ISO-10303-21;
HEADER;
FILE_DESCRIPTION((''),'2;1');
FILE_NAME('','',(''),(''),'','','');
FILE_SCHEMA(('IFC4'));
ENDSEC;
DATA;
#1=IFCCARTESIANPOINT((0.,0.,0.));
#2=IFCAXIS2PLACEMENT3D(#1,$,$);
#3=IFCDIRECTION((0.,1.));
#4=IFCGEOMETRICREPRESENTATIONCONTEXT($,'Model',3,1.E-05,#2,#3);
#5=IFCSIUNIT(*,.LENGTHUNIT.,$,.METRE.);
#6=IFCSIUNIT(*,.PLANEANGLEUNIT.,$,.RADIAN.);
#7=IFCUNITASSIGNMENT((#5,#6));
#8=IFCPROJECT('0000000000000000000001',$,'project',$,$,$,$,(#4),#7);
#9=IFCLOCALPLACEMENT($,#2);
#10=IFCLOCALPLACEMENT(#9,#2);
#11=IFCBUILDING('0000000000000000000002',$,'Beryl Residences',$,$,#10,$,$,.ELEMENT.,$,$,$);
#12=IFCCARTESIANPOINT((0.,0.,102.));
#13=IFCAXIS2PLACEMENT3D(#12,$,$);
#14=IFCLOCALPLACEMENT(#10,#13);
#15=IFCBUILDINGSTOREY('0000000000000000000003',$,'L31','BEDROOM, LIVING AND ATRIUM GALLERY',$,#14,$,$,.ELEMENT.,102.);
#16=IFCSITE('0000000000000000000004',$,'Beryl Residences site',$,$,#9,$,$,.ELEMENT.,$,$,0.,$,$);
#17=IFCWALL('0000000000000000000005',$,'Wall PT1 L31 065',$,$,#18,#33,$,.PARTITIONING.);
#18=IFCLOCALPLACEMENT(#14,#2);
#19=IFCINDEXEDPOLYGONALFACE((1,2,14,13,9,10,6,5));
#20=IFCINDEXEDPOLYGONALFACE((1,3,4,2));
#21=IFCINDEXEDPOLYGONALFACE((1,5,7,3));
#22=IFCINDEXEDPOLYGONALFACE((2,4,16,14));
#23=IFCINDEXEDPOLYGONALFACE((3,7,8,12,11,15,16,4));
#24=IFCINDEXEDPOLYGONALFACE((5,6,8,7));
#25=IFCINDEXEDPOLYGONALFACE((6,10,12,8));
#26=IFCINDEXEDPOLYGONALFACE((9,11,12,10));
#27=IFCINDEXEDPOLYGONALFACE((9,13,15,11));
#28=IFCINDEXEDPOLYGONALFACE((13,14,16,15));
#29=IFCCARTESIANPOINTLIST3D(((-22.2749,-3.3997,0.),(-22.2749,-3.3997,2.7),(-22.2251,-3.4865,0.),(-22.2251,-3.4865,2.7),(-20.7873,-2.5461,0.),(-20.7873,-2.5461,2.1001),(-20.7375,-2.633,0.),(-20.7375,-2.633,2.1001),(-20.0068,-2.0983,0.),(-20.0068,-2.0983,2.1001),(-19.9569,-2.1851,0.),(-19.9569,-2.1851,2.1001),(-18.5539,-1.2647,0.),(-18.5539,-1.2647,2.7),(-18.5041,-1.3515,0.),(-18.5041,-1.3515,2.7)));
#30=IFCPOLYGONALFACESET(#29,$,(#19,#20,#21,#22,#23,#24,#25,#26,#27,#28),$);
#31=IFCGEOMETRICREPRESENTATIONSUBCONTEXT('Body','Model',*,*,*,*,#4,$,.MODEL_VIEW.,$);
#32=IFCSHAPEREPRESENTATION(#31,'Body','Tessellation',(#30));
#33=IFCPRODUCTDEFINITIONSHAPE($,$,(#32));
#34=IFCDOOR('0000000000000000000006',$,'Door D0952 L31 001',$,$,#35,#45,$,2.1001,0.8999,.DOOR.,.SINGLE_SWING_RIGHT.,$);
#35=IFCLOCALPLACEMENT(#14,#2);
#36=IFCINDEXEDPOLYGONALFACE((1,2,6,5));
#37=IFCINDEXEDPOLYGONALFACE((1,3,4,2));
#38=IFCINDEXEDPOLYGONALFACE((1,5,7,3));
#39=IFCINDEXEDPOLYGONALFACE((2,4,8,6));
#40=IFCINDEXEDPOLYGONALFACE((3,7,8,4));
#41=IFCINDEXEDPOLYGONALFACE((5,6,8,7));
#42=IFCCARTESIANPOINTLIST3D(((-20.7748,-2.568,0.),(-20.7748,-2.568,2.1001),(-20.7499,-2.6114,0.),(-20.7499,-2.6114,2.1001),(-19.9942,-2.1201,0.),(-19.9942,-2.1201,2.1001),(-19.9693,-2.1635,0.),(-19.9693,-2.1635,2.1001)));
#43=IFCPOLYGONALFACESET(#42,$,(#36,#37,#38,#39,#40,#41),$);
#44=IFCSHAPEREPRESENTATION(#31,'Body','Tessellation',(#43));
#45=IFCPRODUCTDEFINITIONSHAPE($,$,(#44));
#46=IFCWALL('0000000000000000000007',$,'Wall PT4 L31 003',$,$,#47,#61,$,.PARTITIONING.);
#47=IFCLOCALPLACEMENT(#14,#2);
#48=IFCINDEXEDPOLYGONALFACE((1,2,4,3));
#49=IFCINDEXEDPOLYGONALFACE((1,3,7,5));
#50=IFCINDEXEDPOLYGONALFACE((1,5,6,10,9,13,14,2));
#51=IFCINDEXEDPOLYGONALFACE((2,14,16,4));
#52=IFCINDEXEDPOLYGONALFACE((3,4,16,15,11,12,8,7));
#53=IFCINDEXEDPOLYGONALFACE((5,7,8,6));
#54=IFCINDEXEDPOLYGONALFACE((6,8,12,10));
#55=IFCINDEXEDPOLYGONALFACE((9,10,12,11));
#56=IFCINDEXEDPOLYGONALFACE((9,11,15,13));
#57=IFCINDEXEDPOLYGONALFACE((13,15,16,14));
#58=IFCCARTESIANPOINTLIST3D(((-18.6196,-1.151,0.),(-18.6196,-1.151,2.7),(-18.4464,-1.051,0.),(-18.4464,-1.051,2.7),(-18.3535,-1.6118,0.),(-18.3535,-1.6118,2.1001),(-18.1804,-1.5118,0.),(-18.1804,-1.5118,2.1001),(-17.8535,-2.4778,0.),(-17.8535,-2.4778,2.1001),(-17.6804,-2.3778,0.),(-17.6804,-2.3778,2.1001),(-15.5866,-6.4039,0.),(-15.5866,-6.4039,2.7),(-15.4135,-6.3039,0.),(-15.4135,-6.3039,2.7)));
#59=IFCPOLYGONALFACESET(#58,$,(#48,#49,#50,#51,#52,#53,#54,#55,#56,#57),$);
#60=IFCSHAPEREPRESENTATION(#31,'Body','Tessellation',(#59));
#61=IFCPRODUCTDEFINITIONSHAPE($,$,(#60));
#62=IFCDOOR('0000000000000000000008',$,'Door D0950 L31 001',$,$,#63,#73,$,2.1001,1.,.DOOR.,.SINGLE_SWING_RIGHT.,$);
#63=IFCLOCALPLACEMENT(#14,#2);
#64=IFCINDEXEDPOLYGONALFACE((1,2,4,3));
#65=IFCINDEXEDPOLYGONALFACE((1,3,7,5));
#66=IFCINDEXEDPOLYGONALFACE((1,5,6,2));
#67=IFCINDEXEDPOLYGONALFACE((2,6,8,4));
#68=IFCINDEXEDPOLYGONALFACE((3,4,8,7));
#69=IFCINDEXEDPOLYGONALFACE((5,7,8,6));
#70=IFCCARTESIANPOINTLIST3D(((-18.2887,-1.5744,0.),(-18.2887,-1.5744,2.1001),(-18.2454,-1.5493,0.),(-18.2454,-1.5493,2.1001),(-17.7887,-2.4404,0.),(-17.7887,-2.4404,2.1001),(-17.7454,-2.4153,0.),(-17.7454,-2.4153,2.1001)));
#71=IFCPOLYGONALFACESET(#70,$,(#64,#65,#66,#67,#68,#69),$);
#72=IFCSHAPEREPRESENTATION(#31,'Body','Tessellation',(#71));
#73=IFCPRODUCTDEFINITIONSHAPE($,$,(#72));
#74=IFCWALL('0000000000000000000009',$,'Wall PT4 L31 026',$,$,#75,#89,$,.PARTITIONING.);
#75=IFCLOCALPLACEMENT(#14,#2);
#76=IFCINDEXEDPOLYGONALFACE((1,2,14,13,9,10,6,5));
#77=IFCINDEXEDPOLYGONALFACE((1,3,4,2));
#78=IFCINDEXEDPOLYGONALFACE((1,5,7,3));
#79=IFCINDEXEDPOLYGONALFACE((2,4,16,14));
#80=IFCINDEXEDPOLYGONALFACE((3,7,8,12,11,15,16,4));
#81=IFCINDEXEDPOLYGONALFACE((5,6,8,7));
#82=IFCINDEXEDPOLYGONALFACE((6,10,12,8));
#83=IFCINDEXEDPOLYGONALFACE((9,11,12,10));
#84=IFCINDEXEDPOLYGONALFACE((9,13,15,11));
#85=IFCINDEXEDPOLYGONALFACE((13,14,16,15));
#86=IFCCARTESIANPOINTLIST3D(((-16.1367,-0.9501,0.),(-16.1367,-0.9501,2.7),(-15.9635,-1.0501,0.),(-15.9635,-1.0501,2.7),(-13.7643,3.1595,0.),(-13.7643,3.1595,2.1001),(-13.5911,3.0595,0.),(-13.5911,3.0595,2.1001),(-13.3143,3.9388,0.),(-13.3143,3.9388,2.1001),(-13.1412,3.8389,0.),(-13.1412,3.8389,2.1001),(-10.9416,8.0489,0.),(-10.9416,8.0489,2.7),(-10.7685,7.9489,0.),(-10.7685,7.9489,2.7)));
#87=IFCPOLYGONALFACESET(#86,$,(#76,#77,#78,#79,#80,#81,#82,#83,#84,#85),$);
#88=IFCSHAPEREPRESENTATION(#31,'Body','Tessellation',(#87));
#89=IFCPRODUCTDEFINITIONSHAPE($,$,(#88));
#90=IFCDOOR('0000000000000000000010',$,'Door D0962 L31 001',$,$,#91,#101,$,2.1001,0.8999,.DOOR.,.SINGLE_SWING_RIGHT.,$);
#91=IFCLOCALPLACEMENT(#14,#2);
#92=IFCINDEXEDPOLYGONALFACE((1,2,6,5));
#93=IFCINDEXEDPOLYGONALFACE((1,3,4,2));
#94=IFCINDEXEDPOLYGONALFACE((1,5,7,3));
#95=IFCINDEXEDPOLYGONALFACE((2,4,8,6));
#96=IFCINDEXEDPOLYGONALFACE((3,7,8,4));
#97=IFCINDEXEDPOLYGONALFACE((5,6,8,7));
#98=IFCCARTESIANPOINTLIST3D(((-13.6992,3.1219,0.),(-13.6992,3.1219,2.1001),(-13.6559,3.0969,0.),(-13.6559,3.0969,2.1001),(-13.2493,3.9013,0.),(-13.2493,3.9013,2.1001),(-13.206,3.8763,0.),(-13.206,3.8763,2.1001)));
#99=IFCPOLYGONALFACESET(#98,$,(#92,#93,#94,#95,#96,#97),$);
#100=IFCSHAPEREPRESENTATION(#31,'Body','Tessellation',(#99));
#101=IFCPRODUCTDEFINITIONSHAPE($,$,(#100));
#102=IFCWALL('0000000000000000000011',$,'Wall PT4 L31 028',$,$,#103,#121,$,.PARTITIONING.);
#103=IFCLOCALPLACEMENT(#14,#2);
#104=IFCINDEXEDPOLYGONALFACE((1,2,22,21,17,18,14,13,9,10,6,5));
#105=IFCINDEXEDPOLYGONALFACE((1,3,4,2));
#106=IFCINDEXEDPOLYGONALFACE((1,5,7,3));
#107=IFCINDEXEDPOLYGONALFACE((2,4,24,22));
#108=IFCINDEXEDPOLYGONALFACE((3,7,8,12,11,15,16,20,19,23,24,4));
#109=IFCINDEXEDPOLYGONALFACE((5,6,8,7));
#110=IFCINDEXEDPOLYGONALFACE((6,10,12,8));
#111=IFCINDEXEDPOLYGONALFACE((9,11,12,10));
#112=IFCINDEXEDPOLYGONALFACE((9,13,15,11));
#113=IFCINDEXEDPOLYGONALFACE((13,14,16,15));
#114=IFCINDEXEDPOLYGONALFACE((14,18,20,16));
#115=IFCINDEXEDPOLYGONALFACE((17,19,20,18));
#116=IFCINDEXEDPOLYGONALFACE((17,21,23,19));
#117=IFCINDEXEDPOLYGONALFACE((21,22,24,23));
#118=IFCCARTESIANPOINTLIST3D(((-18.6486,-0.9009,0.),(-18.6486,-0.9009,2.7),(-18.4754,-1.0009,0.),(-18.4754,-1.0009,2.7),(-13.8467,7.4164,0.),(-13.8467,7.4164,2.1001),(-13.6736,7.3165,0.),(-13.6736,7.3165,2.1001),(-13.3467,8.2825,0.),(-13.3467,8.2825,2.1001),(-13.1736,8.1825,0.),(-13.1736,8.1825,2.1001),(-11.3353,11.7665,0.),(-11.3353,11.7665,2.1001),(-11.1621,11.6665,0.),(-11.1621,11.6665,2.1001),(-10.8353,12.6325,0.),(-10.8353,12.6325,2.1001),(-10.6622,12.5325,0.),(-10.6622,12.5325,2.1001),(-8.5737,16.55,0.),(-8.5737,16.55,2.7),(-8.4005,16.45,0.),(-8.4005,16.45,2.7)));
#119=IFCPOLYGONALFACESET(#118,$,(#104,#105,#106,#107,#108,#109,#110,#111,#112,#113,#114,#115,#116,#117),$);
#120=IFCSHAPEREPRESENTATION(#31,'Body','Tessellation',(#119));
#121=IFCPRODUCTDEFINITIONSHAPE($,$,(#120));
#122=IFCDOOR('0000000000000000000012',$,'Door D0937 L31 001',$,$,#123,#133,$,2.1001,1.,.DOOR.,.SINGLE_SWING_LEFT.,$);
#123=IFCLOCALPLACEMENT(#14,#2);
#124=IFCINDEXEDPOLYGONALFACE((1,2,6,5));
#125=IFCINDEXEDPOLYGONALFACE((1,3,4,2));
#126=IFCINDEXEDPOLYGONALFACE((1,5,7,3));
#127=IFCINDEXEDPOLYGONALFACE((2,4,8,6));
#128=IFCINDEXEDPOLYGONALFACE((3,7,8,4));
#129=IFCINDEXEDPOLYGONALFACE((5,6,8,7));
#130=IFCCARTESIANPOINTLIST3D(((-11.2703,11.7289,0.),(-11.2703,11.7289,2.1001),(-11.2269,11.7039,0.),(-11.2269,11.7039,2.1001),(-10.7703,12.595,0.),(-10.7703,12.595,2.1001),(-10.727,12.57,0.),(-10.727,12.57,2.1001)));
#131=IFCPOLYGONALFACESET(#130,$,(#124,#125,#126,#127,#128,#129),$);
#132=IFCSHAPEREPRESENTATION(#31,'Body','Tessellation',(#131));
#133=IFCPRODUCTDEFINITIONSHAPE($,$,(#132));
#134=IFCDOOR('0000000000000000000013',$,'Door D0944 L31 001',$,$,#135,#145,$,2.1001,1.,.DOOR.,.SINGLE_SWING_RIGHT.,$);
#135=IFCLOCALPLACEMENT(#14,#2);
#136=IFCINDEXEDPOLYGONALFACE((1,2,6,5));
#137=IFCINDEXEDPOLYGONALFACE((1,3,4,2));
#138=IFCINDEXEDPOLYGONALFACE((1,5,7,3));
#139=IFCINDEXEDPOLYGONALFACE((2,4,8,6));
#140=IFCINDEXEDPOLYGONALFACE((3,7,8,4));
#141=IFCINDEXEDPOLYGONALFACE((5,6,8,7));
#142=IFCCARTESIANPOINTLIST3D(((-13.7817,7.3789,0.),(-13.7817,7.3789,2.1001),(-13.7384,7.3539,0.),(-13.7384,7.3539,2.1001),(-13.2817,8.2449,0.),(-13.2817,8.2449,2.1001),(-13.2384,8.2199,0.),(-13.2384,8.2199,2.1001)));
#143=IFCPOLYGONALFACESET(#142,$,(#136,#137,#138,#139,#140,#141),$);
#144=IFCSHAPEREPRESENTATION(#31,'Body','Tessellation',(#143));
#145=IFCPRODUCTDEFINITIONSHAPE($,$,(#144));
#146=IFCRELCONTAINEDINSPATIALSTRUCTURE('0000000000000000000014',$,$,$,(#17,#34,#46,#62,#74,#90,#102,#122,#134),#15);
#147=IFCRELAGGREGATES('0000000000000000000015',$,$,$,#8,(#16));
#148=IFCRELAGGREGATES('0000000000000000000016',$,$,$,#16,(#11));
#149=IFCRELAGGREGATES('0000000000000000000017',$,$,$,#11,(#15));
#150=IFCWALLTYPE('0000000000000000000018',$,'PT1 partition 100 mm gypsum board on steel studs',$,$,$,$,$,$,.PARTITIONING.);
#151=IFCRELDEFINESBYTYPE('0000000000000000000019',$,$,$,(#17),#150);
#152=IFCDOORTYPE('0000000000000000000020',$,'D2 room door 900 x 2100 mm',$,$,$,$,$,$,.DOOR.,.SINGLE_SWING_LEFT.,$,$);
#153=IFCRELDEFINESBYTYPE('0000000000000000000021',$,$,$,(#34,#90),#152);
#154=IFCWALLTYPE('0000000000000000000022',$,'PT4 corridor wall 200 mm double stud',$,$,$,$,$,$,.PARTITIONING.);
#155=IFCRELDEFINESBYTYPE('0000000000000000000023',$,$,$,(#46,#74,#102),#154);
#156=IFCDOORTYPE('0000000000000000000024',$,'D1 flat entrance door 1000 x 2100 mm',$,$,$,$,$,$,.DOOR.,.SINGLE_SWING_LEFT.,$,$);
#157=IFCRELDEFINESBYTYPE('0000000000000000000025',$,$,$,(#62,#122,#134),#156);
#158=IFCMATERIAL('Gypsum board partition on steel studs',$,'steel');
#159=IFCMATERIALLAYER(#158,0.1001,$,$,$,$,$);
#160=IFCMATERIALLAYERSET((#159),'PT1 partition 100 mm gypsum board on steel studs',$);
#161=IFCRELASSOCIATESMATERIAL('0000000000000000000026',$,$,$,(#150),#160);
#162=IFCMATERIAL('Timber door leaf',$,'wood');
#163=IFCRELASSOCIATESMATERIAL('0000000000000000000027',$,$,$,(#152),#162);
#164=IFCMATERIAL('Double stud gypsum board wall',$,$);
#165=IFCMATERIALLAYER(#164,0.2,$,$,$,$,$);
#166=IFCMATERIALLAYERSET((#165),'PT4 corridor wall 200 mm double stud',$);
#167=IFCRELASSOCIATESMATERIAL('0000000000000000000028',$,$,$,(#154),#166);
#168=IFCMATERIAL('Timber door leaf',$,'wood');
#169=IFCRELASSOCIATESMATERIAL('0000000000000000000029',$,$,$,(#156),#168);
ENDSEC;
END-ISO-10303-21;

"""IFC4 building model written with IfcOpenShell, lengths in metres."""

from ifc_helpers import new_model, si_unit, direction, frame, frame_2d, origin, place, context, subcontext, project, spatial, rectangle, extrude, material, layer, layer_set, type_object, element, fill, save


model = new_model("IFC4")

# Units and contexts
model_context = context("Model", 3, precision=1e-05, world=origin(), true_north=direction((0.0, 1.0)))
body_context = subcontext(model_context, "Body", "Model", "MODEL_VIEW")
ifc_project = project(units=[si_unit("LENGTHUNIT", "METRE"), si_unit("PLANEANGLEUNIT", "RADIAN")], contexts=[model_context])

# Site, building, storey
site_placement = place(None, origin())
site = spatial("IfcSite", under=ifc_project, at=site_placement, Name="Beryl Residences site", CompositionType="ELEMENT", RefElevation=0.0)
building_placement = place(site_placement, origin())
building = spatial("IfcBuilding", under=site, at=building_placement, Name="Beryl Residences", CompositionType="ELEMENT")
storey_placement = place(building_placement, frame((0.0, 0.0, 102.0)))
storey = spatial("IfcBuildingStorey", under=building, at=storey_placement, Name="L31", Description="BEDROOM, LIVING AND ATRIUM GALLERY", CompositionType="ELEMENT", Elevation=102.0)

# Shared definitions
ifc_material_1 = material(Name="Gypsum board partition on steel studs", Category="steel")
ifc_layer_1 = layer(ifc_material_1, 0.1001)
ifc_layer_set_1 = layer_set([ifc_layer_1], Name="PT1 partition 100 mm gypsum board on steel studs")
wall_type_1 = type_object("IfcWallType", Name="PT1 partition 100 mm gypsum board on steel studs", PredefinedType="PARTITIONING", material=ifc_layer_set_1)
ifc_material_2 = material(Name="Timber door leaf", Category="wood")
door_type_1 = type_object("IfcDoorType", Name="D2 room door 900 x 2100 mm", OperationType="SINGLE_SWING_LEFT", PredefinedType="DOOR", material=ifc_material_2)

# Walls, openings, doors
wall_1_placement = place(storey_placement, frame((-22.25, -3.4431, 0.0), z_axis=(0.0, 0.0, 1.0), x_axis=(0.867363, 0.497676, 0.0)))
wall_1 = element("IfcWall", 1, at=wall_1_placement, inside=storey, type_object=wall_type_1, Name="Wall PT1 L31 065", PredefinedType="PARTITIONING", context=body_context, shape_type="SweptSolid", body=[
    extrude(rectangle(XDim=4.29, YDim=0.1001, at=frame_2d((2.145, 0.0))), origin(), (0.0, 0.0, 1.0), 2.7),
])
opening_1_placement = place(wall_1_placement, frame((1.7151, 0.0, 0.0)))
opening_1 = element("IfcOpeningElement", 2, at=opening_1_placement, cuts=wall_1, PredefinedType="OPENING", context=body_context, shape_type="SweptSolid", body=[
    extrude(rectangle(XDim=0.8999, YDim=2.1001, at=frame_2d((0.45, 1.05))), frame((0.0, 0.0601, 0.0), z_axis=(0.0, -1.0, 0.0), x_axis=(1.0, 0.0, 0.0)), (0.0, 0.0, 1.0), 0.1201),
])
door_1_placement = place(opening_1_placement, origin())
door_1 = element("IfcDoor", 3, at=door_1_placement, inside=storey, type_object=door_type_1, Name="Door D0952 L31 001", OperationType="SINGLE_SWING_RIGHT", OverallHeight=2.1001, OverallWidth=0.8999, PredefinedType="DOOR", context=body_context, shape_type="SweptSolid", body=[
    extrude(rectangle(XDim=0.8999, YDim=2.1001, at=frame_2d((0.45, 1.05))), frame((0.0, 0.0249, 0.0), z_axis=(0.0, -1.0, 0.0), x_axis=(1.0, 0.0, 0.0)), (0.0, 0.0, 1.0), 0.05),
])
fill(opening_1, door_1)
ifc_material_3 = material(Name="Double stud gypsum board wall")
ifc_layer_2 = layer(ifc_material_3, 0.2)
ifc_layer_set_2 = layer_set([ifc_layer_2], Name="PT4 corridor wall 200 mm double stud")
wall_type_2 = type_object("IfcWallType", Name="PT4 corridor wall 200 mm double stud", PredefinedType="PARTITIONING", material=ifc_layer_set_2)
wall_2_placement = place(storey_placement, frame((-18.533, -1.1011, 0.0), z_axis=(0.0, 0.0, 1.0), x_axis=(0.500022, -0.866013, 0.0)))
wall_2 = element("IfcWall", 4, at=wall_2_placement, inside=storey, type_object=wall_type_2, Name="Wall PT4 L31 003", PredefinedType="PARTITIONING", context=body_context, shape_type="SweptSolid", body=[
    extrude(rectangle(XDim=6.0657, YDim=0.2, at=frame_2d((3.0327, 0.0))), origin(), (0.0, 0.0, 1.0), 2.7),
])
opening_2_placement = place(wall_2_placement, frame((0.532, 0.0, 0.0)))
opening_2 = element("IfcOpeningElement", 5, at=opening_2_placement, cuts=wall_2, PredefinedType="OPENING", context=body_context, shape_type="SweptSolid", body=[
    extrude(rectangle(XDim=1.0, YDim=2.1001, at=frame_2d((0.5, 1.05))), frame((0.0, 0.1099, 0.0), z_axis=(0.0, -1.0, 0.0), x_axis=(1.0, 0.0, 0.0)), (0.0, 0.0, 1.0), 0.22),
])
ifc_material_4 = material(Name="Timber door leaf", Category="wood")
door_type_2 = type_object("IfcDoorType", Name="D1 flat entrance door 1000 x 2100 mm", OperationType="SINGLE_SWING_LEFT", PredefinedType="DOOR", material=ifc_material_4)
door_2_placement = place(opening_2_placement, origin())
door_2 = element("IfcDoor", 6, at=door_2_placement, inside=storey, type_object=door_type_2, Name="Door D0950 L31 001", OperationType="SINGLE_SWING_RIGHT", OverallHeight=2.1001, OverallWidth=1.0, PredefinedType="DOOR", context=body_context, shape_type="SweptSolid", body=[
    extrude(rectangle(XDim=1.0, YDim=2.1001, at=frame_2d((0.5, 1.05))), frame((0.0, 0.0249, 0.0), z_axis=(0.0, -1.0, 0.0), x_axis=(1.0, 0.0, 0.0)), (0.0, 0.0, 1.0), 0.05),
])
fill(opening_2, door_2)
wall_3_placement = place(storey_placement, frame((-16.05, -1.0, 0.0), z_axis=(0.0, 0.0, 1.0), x_axis=(0.499962, 0.866047, 0.0)))
wall_3 = element("IfcWall", 7, at=wall_3_placement, inside=storey, type_object=wall_type_2, Name="Wall PT4 L31 026", PredefinedType="PARTITIONING", context=body_context, shape_type="SweptSolid", body=[
    extrude(rectangle(XDim=10.3909, YDim=0.2, at=frame_2d((5.1953, 0.0))), origin(), (0.0, 0.0, 1.0), 2.7),
])
opening_3_placement = place(wall_3_placement, frame((4.7451, 0.0, 0.0)))
opening_3 = element("IfcOpeningElement", 8, at=opening_3_placement, cuts=wall_3, PredefinedType="OPENING", context=body_context, shape_type="SweptSolid", body=[
    extrude(rectangle(XDim=0.8999, YDim=2.1001, at=frame_2d((0.45, 1.05))), frame((0.0, 0.1099, 0.0), z_axis=(0.0, -1.0, 0.0), x_axis=(1.0, 0.0, 0.0)), (0.0, 0.0, 1.0), 0.22),
])
door_3_placement = place(opening_3_placement, origin())
door_3 = element("IfcDoor", 9, at=door_3_placement, inside=storey, type_object=door_type_1, Name="Door D0962 L31 001", OperationType="SINGLE_SWING_RIGHT", OverallHeight=2.1001, OverallWidth=0.8999, PredefinedType="DOOR", context=body_context, shape_type="SweptSolid", body=[
    extrude(rectangle(XDim=0.8999, YDim=2.1001, at=frame_2d((0.45, 1.05))), frame((0.0, 0.0249, 0.0), z_axis=(0.0, -1.0, 0.0), x_axis=(1.0, 0.0, 0.0)), (0.0, 0.0, 1.0), 0.05),
])
fill(opening_3, door_3)

# Wall, openings, doors
wall_4_placement = place(storey_placement, frame((-18.562, -0.9509, 0.0), z_axis=(0.0, 0.0, 1.0), x_axis=(0.499987, 0.866033, 0.0)))
wall_4 = element("IfcWall", 10, at=wall_4_placement, inside=storey, type_object=wall_type_2, Name="Wall PT4 L31 028", PredefinedType="PARTITIONING", context=body_context, shape_type="SweptSolid", body=[
    extrude(rectangle(XDim=20.1504, YDim=0.2, at=frame_2d((10.0752, 0.0))), origin(), (0.0, 0.0, 1.0), 2.7),
])
opening_4_placement = place(wall_4_placement, frame((14.627, 0.0, 0.0)))
opening_4 = element("IfcOpeningElement", 11, at=opening_4_placement, cuts=wall_4, PredefinedType="OPENING", context=body_context, shape_type="SweptSolid", body=[
    extrude(rectangle(XDim=1.0, YDim=2.1001, at=frame_2d((0.5, 1.05))), frame((0.0, 0.1099, 0.0), z_axis=(0.0, -1.0, 0.0), x_axis=(1.0, 0.0, 0.0)), (0.0, 0.0, 1.0), 0.22),
])
opening_5_placement = place(wall_4_placement, frame((9.604, 0.0, 0.0)))
opening_5 = element("IfcOpeningElement", 12, at=opening_5_placement, cuts=wall_4, PredefinedType="OPENING", context=body_context, shape_type="SweptSolid", body=[
    extrude(rectangle(XDim=1.0, YDim=2.1001, at=frame_2d((0.5, 1.05))), frame((0.0, 0.1099, 0.0), z_axis=(0.0, -1.0, 0.0), x_axis=(1.0, 0.0, 0.0)), (0.0, 0.0, 1.0), 0.22),
])
door_4_placement = place(opening_4_placement, origin())
door_4 = element("IfcDoor", 13, at=door_4_placement, inside=storey, type_object=door_type_2, Name="Door D0937 L31 001", OperationType="SINGLE_SWING_LEFT", OverallHeight=2.1001, OverallWidth=1.0, PredefinedType="DOOR", context=body_context, shape_type="SweptSolid", body=[
    extrude(rectangle(XDim=1.0, YDim=2.1001, at=frame_2d((0.5, 1.05))), frame((0.0, 0.0249, 0.0), z_axis=(0.0, -1.0, 0.0), x_axis=(1.0, 0.0, 0.0)), (0.0, 0.0, 1.0), 0.05),
])
fill(opening_4, door_4)
door_5_placement = place(opening_5_placement, origin())
door_5 = element("IfcDoor", 14, at=door_5_placement, inside=storey, type_object=door_type_2, Name="Door D0944 L31 001", OperationType="SINGLE_SWING_RIGHT", OverallHeight=2.1001, OverallWidth=1.0, PredefinedType="DOOR", context=body_context, shape_type="SweptSolid", body=[
    extrude(rectangle(XDim=1.0, YDim=2.1001, at=frame_2d((0.5, 1.05))), frame((0.0, 0.0249, 0.0), z_axis=(0.0, -1.0, 0.0), x_axis=(1.0, 0.0, 0.0)), (0.0, 0.0, 1.0), 0.05),
])
fill(opening_5, door_5)

save(model, "model.ifc")
